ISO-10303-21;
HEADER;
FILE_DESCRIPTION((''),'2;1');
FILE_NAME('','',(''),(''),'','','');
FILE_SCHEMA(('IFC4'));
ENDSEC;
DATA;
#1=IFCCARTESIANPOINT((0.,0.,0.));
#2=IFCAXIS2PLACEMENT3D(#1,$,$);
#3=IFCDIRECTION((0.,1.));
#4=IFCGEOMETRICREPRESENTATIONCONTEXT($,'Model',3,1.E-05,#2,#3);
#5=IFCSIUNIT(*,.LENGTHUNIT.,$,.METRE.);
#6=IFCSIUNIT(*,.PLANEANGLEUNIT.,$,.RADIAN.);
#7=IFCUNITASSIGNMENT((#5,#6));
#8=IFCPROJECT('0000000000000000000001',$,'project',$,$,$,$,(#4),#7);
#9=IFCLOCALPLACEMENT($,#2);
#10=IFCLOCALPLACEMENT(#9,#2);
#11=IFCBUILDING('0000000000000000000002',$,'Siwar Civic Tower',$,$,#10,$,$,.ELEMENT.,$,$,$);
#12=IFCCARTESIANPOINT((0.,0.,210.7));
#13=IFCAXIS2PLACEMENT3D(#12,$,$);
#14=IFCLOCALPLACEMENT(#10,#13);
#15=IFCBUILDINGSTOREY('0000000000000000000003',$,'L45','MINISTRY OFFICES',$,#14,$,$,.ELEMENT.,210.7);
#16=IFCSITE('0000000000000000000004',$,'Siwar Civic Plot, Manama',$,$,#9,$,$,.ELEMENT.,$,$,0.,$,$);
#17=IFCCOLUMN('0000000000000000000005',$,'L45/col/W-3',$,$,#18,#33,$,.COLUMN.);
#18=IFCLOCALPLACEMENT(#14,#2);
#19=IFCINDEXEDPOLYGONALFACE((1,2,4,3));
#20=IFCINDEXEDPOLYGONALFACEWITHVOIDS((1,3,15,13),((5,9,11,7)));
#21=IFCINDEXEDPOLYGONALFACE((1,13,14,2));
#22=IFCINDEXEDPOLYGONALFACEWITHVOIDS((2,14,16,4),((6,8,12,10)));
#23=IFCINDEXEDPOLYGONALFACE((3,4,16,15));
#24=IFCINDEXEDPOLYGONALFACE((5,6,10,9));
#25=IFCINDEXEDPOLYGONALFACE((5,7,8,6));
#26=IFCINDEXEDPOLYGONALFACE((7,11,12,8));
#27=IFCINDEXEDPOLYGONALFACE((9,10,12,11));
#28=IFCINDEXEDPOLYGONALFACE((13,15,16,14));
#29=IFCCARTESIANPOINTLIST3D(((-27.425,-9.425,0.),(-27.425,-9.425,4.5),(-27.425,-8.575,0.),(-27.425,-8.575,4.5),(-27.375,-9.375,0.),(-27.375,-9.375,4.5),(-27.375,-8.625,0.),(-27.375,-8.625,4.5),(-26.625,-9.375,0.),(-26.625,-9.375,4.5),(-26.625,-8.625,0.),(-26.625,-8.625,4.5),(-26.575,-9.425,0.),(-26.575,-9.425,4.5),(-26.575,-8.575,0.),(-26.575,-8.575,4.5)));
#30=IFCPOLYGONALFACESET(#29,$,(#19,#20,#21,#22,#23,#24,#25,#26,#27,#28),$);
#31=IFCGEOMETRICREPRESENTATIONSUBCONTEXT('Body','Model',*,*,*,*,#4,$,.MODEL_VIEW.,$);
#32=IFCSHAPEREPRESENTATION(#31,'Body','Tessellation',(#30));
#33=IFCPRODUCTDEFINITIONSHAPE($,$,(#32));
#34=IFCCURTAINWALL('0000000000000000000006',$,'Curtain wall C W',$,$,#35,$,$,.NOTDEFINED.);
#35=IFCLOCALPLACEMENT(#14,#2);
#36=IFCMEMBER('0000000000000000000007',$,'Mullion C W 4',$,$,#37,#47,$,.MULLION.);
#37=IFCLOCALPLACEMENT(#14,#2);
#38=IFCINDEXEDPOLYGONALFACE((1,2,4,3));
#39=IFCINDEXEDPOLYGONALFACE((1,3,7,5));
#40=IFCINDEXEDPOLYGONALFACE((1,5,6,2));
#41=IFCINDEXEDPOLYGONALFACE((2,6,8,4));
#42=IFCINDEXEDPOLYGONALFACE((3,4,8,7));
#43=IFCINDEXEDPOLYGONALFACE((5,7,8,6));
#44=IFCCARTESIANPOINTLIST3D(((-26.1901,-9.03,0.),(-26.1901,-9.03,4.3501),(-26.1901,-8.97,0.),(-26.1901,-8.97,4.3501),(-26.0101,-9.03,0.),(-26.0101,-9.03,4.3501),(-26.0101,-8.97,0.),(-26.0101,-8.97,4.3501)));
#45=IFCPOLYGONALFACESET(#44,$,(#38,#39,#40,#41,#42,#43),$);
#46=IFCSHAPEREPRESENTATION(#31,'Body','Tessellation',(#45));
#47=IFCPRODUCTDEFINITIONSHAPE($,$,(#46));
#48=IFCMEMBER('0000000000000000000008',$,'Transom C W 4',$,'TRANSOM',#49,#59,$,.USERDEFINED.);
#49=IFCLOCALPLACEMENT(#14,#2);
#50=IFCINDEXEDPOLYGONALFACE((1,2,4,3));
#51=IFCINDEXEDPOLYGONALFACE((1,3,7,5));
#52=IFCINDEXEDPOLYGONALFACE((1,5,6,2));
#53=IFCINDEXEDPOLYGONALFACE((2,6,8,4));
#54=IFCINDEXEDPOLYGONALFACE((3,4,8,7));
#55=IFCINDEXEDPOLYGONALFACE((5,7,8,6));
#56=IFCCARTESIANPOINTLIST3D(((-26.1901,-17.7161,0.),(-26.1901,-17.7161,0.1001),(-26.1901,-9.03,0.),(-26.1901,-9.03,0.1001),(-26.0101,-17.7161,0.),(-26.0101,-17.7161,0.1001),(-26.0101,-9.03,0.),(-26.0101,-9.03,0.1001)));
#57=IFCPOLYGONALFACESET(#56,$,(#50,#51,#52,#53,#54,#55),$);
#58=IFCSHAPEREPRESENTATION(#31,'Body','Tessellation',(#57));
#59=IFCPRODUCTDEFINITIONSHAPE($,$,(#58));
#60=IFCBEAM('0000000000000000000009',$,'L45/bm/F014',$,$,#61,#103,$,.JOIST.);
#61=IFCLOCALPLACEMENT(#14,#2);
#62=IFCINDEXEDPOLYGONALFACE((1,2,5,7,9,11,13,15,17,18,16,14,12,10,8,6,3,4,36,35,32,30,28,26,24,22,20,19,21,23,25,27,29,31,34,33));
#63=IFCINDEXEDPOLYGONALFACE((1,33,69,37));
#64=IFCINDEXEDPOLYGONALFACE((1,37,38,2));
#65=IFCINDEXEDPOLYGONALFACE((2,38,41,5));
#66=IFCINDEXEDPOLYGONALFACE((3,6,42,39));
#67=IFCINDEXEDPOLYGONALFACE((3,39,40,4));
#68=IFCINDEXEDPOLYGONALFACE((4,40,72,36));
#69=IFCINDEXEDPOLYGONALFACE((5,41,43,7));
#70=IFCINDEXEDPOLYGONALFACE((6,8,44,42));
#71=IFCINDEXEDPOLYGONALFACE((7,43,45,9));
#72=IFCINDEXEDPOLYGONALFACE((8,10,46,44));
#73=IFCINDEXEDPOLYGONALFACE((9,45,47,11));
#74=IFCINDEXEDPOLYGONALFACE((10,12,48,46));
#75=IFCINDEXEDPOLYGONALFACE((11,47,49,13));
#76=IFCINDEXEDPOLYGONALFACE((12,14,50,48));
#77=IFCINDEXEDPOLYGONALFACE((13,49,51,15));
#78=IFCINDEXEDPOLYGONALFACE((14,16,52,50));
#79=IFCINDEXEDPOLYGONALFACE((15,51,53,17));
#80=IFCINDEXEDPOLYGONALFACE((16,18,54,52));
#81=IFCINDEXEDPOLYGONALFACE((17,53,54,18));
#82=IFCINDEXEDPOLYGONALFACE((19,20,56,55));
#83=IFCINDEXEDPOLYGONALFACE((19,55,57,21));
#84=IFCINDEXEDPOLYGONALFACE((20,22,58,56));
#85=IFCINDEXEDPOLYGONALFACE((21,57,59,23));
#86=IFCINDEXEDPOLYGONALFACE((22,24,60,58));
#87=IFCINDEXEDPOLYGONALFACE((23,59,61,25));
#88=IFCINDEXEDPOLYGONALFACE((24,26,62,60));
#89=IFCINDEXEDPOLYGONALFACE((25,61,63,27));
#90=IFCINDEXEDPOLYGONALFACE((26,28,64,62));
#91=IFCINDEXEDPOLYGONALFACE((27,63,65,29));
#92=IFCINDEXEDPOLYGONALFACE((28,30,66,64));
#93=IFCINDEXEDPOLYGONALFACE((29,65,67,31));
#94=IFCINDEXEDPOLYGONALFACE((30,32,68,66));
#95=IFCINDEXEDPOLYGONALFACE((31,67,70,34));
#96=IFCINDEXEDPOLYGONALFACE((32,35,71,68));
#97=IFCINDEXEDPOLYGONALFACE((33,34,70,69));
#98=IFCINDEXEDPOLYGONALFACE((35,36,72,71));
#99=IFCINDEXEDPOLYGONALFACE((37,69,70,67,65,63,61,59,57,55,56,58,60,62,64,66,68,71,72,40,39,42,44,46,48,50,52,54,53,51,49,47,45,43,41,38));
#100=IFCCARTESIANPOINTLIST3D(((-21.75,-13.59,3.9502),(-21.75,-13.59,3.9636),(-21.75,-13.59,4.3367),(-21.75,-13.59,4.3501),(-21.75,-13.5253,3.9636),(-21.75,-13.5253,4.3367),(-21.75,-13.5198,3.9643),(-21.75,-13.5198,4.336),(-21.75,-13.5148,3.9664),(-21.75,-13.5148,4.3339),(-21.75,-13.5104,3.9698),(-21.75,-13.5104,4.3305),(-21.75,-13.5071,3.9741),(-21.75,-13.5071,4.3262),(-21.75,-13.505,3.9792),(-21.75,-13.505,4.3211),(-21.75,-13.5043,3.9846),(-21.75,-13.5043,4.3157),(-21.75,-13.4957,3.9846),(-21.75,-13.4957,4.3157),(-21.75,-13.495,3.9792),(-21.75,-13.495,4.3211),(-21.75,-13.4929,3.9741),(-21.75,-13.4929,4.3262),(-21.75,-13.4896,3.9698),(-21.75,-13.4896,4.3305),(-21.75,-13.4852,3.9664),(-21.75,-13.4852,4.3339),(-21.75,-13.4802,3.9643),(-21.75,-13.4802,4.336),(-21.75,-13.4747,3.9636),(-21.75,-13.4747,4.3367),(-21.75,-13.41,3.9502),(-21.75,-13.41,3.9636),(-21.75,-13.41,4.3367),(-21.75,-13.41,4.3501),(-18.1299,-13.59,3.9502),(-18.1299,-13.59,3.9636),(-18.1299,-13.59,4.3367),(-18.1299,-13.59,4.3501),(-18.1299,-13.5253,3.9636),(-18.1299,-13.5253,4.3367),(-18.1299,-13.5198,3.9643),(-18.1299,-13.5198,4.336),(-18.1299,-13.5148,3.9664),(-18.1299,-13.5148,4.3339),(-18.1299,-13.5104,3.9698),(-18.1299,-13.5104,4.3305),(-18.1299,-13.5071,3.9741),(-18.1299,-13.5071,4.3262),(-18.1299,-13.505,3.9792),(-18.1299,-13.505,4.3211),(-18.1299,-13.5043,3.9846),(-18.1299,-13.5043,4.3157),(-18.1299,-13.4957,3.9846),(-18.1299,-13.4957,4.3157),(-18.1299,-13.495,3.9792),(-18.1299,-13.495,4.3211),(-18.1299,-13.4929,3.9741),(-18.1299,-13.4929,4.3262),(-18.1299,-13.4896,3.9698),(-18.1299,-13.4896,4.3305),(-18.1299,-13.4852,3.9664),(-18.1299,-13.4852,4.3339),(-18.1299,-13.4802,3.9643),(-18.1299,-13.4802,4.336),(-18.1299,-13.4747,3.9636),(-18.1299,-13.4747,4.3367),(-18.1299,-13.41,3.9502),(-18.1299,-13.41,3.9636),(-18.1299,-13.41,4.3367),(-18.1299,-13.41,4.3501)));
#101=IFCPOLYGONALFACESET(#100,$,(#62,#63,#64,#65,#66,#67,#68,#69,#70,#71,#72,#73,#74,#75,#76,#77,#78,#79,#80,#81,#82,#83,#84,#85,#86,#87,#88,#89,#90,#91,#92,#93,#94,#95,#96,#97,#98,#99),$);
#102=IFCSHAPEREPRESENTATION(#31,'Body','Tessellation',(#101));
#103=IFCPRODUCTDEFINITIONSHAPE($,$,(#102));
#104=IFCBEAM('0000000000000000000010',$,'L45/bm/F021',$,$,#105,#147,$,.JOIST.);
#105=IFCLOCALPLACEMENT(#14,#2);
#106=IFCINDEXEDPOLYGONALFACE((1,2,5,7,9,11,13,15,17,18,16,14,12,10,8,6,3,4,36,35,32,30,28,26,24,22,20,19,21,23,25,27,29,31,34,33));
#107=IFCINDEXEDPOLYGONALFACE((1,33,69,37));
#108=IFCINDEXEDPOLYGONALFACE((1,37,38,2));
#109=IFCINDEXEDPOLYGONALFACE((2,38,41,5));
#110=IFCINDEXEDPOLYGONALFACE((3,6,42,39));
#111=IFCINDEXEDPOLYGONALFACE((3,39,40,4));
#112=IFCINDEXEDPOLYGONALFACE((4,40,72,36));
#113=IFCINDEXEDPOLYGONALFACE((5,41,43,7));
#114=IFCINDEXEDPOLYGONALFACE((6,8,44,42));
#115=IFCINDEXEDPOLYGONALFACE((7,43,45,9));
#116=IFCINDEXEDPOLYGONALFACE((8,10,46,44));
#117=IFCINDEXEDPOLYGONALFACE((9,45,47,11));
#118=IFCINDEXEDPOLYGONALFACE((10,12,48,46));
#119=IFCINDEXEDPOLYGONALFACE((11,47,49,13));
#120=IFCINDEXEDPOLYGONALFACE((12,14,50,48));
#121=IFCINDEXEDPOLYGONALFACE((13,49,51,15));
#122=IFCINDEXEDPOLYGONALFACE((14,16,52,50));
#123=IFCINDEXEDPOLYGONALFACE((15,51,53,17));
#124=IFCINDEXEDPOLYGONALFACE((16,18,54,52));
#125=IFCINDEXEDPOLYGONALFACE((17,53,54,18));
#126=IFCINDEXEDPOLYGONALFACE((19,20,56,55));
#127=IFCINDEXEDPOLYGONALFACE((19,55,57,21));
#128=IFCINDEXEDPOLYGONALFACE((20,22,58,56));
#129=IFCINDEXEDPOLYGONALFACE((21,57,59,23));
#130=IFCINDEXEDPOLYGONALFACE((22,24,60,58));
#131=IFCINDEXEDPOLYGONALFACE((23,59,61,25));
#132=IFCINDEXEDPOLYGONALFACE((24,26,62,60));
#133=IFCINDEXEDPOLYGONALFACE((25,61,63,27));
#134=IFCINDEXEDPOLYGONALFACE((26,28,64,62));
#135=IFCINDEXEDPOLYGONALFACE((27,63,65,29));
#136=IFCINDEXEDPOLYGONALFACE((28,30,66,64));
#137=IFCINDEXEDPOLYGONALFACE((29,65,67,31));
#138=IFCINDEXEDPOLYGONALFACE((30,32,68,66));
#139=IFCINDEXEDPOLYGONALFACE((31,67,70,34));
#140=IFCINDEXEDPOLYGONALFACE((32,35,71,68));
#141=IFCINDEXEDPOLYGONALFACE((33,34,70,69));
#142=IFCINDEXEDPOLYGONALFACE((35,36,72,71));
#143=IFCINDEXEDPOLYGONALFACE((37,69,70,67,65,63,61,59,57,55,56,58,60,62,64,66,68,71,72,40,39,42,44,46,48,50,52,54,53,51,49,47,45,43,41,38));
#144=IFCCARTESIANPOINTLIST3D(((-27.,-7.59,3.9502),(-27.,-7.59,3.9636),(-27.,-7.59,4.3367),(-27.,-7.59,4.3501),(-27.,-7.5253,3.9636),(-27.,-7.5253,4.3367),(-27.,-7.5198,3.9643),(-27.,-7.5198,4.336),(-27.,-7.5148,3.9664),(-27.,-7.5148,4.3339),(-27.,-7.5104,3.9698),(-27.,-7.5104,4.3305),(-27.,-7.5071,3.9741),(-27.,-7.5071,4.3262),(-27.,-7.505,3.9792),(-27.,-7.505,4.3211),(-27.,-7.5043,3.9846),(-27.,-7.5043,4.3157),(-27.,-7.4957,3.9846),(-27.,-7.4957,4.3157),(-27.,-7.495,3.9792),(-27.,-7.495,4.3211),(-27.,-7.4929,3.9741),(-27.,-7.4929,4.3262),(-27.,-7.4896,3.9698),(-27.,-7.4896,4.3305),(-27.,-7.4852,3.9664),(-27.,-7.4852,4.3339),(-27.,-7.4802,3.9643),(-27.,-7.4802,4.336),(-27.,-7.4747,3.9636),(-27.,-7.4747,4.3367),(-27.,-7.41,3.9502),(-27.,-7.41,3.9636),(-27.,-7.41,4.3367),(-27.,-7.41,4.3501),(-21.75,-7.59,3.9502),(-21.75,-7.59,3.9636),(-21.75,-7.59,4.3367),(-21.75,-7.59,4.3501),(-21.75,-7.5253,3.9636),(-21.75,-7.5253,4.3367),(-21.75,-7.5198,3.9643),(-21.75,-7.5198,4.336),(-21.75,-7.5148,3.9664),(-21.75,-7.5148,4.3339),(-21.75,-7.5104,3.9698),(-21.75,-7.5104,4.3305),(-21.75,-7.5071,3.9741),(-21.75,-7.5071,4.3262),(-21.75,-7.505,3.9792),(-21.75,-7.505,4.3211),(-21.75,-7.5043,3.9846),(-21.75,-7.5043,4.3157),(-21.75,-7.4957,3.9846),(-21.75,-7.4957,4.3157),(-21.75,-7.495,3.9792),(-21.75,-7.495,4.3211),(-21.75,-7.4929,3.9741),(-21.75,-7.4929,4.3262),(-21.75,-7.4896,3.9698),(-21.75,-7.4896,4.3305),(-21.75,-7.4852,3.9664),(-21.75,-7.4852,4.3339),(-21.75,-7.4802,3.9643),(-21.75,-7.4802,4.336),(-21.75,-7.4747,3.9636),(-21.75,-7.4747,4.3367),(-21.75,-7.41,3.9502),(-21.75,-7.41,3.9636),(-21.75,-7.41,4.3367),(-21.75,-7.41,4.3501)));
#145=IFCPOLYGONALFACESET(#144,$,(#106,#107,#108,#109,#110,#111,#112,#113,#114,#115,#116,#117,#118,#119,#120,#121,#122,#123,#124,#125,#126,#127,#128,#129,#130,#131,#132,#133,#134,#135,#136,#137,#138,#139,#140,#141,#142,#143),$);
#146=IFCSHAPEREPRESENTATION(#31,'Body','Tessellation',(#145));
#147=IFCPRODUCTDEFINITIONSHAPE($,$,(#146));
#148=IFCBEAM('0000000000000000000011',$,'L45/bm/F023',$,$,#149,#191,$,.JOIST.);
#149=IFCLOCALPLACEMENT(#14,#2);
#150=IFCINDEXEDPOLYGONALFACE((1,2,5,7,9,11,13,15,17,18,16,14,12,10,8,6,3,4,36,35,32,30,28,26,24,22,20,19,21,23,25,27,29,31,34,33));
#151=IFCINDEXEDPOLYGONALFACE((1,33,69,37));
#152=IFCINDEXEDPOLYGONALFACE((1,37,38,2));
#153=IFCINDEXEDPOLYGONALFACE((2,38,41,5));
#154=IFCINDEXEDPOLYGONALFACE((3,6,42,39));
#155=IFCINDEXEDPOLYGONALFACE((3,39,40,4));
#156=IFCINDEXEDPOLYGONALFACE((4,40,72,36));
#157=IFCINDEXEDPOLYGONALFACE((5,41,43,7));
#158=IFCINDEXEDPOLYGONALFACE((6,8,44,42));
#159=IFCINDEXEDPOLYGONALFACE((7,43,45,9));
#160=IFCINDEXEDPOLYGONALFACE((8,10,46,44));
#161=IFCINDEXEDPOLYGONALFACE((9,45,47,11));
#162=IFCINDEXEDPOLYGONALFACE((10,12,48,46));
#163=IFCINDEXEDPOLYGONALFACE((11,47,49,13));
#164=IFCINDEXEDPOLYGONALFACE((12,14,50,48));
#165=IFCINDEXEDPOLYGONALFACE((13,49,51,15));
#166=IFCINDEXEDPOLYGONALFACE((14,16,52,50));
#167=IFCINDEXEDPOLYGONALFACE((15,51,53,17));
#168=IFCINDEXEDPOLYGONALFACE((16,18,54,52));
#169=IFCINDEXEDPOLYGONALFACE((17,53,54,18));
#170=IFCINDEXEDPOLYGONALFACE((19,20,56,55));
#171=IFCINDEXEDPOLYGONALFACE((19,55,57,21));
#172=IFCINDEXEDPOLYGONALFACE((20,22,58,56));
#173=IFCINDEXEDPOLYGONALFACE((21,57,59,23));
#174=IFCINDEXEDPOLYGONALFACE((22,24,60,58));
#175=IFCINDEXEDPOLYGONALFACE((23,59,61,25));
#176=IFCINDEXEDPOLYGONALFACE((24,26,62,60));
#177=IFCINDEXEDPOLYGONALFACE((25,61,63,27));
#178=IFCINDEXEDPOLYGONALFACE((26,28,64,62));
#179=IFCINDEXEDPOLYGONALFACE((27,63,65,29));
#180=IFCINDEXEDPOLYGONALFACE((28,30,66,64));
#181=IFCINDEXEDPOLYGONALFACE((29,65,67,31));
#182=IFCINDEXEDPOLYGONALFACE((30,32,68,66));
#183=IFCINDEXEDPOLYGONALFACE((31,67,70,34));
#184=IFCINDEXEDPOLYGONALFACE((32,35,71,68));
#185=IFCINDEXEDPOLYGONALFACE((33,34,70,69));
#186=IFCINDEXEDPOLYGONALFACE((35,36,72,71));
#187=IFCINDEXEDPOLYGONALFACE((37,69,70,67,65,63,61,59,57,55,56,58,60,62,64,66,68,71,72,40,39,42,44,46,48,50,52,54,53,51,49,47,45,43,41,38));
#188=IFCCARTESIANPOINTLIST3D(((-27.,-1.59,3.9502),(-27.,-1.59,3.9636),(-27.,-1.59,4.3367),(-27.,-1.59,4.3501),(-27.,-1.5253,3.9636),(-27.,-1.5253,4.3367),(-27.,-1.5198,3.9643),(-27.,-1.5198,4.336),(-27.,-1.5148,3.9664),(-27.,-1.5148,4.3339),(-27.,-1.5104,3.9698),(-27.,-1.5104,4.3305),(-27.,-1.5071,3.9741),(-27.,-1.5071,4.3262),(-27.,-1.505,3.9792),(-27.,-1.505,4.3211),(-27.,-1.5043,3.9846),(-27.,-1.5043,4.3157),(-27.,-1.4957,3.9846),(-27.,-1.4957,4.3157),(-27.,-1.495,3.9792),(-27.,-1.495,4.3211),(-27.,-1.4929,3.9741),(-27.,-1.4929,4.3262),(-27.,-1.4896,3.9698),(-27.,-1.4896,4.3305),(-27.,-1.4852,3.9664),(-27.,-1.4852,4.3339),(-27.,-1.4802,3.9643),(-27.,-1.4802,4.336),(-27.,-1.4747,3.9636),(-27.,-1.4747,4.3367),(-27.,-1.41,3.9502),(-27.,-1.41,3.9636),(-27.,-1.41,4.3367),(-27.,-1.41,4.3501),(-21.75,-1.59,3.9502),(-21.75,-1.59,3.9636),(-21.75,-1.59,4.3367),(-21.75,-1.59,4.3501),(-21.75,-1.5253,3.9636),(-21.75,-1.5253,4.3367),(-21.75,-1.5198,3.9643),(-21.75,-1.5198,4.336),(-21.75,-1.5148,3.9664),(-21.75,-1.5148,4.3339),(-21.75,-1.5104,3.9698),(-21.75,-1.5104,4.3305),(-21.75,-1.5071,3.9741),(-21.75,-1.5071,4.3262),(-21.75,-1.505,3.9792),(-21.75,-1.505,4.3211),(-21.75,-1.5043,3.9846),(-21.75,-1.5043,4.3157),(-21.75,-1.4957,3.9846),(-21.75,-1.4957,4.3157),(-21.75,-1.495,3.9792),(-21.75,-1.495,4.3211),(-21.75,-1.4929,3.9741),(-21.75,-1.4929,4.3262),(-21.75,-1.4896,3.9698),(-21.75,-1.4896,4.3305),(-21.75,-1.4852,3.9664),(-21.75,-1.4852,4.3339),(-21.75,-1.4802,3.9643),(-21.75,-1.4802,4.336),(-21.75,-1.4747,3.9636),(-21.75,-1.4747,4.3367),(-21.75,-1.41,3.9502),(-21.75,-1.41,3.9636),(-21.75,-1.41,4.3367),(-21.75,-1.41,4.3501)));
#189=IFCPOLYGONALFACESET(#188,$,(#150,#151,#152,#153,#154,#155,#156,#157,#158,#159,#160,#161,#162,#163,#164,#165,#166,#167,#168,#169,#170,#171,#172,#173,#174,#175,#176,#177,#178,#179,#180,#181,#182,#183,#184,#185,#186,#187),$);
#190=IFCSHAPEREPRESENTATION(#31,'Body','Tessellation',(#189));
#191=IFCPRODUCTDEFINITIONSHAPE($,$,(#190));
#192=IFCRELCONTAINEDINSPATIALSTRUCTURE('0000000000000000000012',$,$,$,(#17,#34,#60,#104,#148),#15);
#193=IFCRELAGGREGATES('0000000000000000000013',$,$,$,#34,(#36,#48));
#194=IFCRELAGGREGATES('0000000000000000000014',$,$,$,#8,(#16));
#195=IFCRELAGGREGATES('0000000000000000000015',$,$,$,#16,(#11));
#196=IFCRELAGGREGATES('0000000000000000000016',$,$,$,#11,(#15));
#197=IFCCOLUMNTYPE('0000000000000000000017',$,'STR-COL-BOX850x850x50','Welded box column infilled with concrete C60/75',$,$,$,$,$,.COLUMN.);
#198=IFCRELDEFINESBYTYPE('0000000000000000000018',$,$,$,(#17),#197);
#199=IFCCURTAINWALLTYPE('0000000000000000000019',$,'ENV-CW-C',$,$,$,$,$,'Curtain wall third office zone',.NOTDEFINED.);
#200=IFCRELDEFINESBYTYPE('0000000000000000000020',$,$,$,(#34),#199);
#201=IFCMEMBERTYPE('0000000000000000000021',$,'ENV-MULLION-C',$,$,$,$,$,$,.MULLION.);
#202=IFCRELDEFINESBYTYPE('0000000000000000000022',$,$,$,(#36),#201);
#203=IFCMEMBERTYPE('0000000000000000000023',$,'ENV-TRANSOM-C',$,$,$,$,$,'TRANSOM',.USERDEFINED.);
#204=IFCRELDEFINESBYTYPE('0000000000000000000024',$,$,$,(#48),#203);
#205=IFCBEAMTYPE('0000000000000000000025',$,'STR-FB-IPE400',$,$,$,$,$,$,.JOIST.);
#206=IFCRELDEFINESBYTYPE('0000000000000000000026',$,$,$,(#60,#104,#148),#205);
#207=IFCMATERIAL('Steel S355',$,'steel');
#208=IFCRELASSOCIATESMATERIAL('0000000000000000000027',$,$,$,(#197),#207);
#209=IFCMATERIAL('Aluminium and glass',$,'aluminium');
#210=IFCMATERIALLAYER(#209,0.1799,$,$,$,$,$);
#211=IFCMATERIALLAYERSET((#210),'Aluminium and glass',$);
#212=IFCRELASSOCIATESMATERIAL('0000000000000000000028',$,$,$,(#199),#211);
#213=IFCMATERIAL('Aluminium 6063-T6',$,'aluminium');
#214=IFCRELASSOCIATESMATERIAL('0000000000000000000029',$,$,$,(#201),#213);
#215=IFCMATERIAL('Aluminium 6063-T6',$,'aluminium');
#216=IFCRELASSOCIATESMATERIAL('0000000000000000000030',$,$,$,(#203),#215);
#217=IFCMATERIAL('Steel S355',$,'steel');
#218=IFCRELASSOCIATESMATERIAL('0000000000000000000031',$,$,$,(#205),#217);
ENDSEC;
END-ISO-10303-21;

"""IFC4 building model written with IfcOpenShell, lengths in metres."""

from ifc_helpers import new_model, si_unit, direction, frame, origin, origin_2d, place, context, subcontext, project, spatial, rectangle, hollow_rectangle, i_section, extrude, material, layer, layer_set, material_profile, profile_set, type_object, element, aggregate, save


model = new_model("IFC4")

# Units and contexts
model_context = context("Model", 3, precision=1e-05, world=origin(), true_north=direction((0.0, 1.0)))
body_context = subcontext(model_context, "Body", "Model", "MODEL_VIEW")
ifc_project = project(units=[si_unit("LENGTHUNIT", "METRE"), si_unit("PLANEANGLEUNIT", "RADIAN")], contexts=[model_context])

# Site, building, storey
site_placement = place(None, origin())
site = spatial("IfcSite", under=ifc_project, at=site_placement, Name="Siwar Civic Plot, Manama", CompositionType="ELEMENT", RefElevation=0.0)
building_placement = place(site_placement, origin())
building = spatial("IfcBuilding", under=site, at=building_placement, Name="Siwar Civic Tower", CompositionType="ELEMENT")
storey_placement = place(building_placement, frame((0.0, 0.0, 210.7)))
storey = spatial("IfcBuildingStorey", under=building, at=storey_placement, Name="L45", Description="MINISTRY OFFICES", CompositionType="ELEMENT", Elevation=210.7)

# Column
ifc_material_1 = material(Name="Steel S355", Category="steel")
ifc_material_profile_1 = material_profile(ifc_material_1, hollow_rectangle(XDim=0.8501, YDim=0.8501, WallThickness=0.05, at=origin_2d()), Name="BOX850x850x50")
ifc_profile_set_1 = profile_set([ifc_material_profile_1], Name="Steel S355")
column_type = type_object("IfcColumnType", Name="STR-COL-BOX850x850x50", Description="Welded box column infilled with concrete C60/75", PredefinedType="COLUMN", material=ifc_profile_set_1)
column_placement = place(storey_placement, frame((-27.0, -9.0, 0.0), z_axis=(0.0, 0.0, 1.0), x_axis=(1.0, 0.0, 0.0)))
element("IfcColumn", 1, at=column_placement, inside=storey, type_object=column_type, Name="L45/col/W-3", PredefinedType="COLUMN", context=body_context, shape_type="SweptSolid", body=[
    extrude(hollow_rectangle(XDim=0.8501, YDim=0.8501, WallThickness=0.05, at=origin_2d()), origin(), (0.0, 0.0, 1.0), 4.5),
])

# Curtain wall, members
ifc_material_2 = material(Name="Aluminium and glass", Category="aluminium")
ifc_layer_1 = layer(ifc_material_2, 0.1799)
ifc_layer_set_1 = layer_set([ifc_layer_1], Name="Aluminium and glass")
curtain_wall_type = type_object("IfcCurtainWallType", Name="ENV-CW-C", ElementType="Curtain wall third office zone", PredefinedType="NOTDEFINED", material=ifc_layer_set_1)
curtain_wall_placement = place(storey_placement, origin())
curtain_wall = element("IfcCurtainWall", 2, at=curtain_wall_placement, inside=storey, type_object=curtain_wall_type, Name="Curtain wall C W", PredefinedType="NOTDEFINED")
ifc_material_3 = material(Name="Aluminium 6063-T6", Category="aluminium")
ifc_material_profile_2 = material_profile(ifc_material_3, rectangle(XDim=0.1799, YDim=0.0601, at=origin_2d()), Name="AL 180x60")
ifc_profile_set_2 = profile_set([ifc_material_profile_2], Name="Aluminium 6063-T6")
member_type_1 = type_object("IfcMemberType", Name="ENV-MULLION-C", PredefinedType="MULLION", material=ifc_profile_set_2)
member_1_placement = place(storey_placement, frame((-26.1001, -9.0, 0.0), z_axis=(0.0, 0.0, 1.0), x_axis=(1.0, 0.0, 0.0)))
member_1 = element("IfcMember", 3, at=member_1_placement, type_object=member_type_1, Name="Mullion C W 4", PredefinedType="MULLION", context=body_context, shape_type="SweptSolid", body=[
    extrude(rectangle(XDim=0.1799, YDim=0.0601, at=origin_2d()), origin(), (0.0, 0.0, 1.0), 4.3501),
])
ifc_material_4 = material(Name="Aluminium 6063-T6", Category="aluminium")
ifc_material_profile_3 = material_profile(ifc_material_4, rectangle(XDim=0.1799, YDim=0.1001, at=origin_2d()), Name="AL 180x100")
ifc_profile_set_3 = profile_set([ifc_material_profile_3], Name="Aluminium 6063-T6")
member_type_2 = type_object("IfcMemberType", Name="ENV-TRANSOM-C", ElementType="TRANSOM", PredefinedType="USERDEFINED", material=ifc_profile_set_3)
member_2_placement = place(storey_placement, frame((-26.1001, -9.03, 0.05), z_axis=(0.0, -1.0, 0.0), x_axis=(1.0, 0.0, 0.0)))
member_2 = element("IfcMember", 4, at=member_2_placement, type_object=member_type_2, Name="Transom C W 4", ObjectType="TRANSOM", PredefinedType="USERDEFINED", context=body_context, shape_type="SweptSolid", body=[
    extrude(rectangle(XDim=0.1799, YDim=0.1001, at=origin_2d()), origin(), (0.0, 0.0, 1.0), 8.686),
])

# Beams
ifc_material_5 = material(Name="Steel S355", Category="steel")
ifc_material_profile_4 = material_profile(ifc_material_5, i_section(OverallWidth=0.1799, OverallDepth=0.3999, WebThickness=0.0085, FlangeThickness=0.0134, FilletRadius=0.021, at=origin_2d()), Name="IPE400")
ifc_profile_set_4 = profile_set([ifc_material_profile_4], Name="Steel S355")
beam_type_1 = type_object("IfcBeamType", Name="STR-FB-IPE400", PredefinedType="JOIST", material=ifc_profile_set_4)
beam_1_placement = place(storey_placement, frame((-21.75, -13.5, 4.1501), z_axis=(1.0, 0.0, 0.0), x_axis=(0.0, 1.0, 0.0)))
element("IfcBeam", 5, at=beam_1_placement, inside=storey, type_object=beam_type_1, Name="L45/bm/F014", PredefinedType="JOIST", context=body_context, shape_type="SweptSolid", body=[
    extrude(i_section(OverallWidth=0.1799, OverallDepth=0.3999, WebThickness=0.0085, FlangeThickness=0.0134, FilletRadius=0.021, at=origin_2d()), origin(), (0.0, 0.0, 1.0), 3.6201),
])
for number, where, z_axis, x_axis, name in (
    (6, (-27.0, -7.5, 4.1501), (1.0, 0.0, 0.0), (0.0, 1.0, 0.0), "L45/bm/F021"),
    (7, (-27.0, -1.5, 4.1501), (1.0, 0.0, 0.0), (0.0, 1.0, 0.0), "L45/bm/F023"),
):
    element("IfcBeam", number, at=place(storey_placement, frame(where, z_axis=z_axis, x_axis=x_axis)), inside=storey, type_object=beam_type_1, Name=name, PredefinedType="JOIST", context=body_context, shape_type="SweptSolid", body=[
        extrude(i_section(OverallWidth=0.1799, OverallDepth=0.3999, WebThickness=0.0085, FlangeThickness=0.0134, FilletRadius=0.021, at=origin_2d()), origin(), (0.0, 0.0, 1.0), 5.25),
    ])

aggregate(curtain_wall, [member_1, member_2])

save(model, "model.ifc")
